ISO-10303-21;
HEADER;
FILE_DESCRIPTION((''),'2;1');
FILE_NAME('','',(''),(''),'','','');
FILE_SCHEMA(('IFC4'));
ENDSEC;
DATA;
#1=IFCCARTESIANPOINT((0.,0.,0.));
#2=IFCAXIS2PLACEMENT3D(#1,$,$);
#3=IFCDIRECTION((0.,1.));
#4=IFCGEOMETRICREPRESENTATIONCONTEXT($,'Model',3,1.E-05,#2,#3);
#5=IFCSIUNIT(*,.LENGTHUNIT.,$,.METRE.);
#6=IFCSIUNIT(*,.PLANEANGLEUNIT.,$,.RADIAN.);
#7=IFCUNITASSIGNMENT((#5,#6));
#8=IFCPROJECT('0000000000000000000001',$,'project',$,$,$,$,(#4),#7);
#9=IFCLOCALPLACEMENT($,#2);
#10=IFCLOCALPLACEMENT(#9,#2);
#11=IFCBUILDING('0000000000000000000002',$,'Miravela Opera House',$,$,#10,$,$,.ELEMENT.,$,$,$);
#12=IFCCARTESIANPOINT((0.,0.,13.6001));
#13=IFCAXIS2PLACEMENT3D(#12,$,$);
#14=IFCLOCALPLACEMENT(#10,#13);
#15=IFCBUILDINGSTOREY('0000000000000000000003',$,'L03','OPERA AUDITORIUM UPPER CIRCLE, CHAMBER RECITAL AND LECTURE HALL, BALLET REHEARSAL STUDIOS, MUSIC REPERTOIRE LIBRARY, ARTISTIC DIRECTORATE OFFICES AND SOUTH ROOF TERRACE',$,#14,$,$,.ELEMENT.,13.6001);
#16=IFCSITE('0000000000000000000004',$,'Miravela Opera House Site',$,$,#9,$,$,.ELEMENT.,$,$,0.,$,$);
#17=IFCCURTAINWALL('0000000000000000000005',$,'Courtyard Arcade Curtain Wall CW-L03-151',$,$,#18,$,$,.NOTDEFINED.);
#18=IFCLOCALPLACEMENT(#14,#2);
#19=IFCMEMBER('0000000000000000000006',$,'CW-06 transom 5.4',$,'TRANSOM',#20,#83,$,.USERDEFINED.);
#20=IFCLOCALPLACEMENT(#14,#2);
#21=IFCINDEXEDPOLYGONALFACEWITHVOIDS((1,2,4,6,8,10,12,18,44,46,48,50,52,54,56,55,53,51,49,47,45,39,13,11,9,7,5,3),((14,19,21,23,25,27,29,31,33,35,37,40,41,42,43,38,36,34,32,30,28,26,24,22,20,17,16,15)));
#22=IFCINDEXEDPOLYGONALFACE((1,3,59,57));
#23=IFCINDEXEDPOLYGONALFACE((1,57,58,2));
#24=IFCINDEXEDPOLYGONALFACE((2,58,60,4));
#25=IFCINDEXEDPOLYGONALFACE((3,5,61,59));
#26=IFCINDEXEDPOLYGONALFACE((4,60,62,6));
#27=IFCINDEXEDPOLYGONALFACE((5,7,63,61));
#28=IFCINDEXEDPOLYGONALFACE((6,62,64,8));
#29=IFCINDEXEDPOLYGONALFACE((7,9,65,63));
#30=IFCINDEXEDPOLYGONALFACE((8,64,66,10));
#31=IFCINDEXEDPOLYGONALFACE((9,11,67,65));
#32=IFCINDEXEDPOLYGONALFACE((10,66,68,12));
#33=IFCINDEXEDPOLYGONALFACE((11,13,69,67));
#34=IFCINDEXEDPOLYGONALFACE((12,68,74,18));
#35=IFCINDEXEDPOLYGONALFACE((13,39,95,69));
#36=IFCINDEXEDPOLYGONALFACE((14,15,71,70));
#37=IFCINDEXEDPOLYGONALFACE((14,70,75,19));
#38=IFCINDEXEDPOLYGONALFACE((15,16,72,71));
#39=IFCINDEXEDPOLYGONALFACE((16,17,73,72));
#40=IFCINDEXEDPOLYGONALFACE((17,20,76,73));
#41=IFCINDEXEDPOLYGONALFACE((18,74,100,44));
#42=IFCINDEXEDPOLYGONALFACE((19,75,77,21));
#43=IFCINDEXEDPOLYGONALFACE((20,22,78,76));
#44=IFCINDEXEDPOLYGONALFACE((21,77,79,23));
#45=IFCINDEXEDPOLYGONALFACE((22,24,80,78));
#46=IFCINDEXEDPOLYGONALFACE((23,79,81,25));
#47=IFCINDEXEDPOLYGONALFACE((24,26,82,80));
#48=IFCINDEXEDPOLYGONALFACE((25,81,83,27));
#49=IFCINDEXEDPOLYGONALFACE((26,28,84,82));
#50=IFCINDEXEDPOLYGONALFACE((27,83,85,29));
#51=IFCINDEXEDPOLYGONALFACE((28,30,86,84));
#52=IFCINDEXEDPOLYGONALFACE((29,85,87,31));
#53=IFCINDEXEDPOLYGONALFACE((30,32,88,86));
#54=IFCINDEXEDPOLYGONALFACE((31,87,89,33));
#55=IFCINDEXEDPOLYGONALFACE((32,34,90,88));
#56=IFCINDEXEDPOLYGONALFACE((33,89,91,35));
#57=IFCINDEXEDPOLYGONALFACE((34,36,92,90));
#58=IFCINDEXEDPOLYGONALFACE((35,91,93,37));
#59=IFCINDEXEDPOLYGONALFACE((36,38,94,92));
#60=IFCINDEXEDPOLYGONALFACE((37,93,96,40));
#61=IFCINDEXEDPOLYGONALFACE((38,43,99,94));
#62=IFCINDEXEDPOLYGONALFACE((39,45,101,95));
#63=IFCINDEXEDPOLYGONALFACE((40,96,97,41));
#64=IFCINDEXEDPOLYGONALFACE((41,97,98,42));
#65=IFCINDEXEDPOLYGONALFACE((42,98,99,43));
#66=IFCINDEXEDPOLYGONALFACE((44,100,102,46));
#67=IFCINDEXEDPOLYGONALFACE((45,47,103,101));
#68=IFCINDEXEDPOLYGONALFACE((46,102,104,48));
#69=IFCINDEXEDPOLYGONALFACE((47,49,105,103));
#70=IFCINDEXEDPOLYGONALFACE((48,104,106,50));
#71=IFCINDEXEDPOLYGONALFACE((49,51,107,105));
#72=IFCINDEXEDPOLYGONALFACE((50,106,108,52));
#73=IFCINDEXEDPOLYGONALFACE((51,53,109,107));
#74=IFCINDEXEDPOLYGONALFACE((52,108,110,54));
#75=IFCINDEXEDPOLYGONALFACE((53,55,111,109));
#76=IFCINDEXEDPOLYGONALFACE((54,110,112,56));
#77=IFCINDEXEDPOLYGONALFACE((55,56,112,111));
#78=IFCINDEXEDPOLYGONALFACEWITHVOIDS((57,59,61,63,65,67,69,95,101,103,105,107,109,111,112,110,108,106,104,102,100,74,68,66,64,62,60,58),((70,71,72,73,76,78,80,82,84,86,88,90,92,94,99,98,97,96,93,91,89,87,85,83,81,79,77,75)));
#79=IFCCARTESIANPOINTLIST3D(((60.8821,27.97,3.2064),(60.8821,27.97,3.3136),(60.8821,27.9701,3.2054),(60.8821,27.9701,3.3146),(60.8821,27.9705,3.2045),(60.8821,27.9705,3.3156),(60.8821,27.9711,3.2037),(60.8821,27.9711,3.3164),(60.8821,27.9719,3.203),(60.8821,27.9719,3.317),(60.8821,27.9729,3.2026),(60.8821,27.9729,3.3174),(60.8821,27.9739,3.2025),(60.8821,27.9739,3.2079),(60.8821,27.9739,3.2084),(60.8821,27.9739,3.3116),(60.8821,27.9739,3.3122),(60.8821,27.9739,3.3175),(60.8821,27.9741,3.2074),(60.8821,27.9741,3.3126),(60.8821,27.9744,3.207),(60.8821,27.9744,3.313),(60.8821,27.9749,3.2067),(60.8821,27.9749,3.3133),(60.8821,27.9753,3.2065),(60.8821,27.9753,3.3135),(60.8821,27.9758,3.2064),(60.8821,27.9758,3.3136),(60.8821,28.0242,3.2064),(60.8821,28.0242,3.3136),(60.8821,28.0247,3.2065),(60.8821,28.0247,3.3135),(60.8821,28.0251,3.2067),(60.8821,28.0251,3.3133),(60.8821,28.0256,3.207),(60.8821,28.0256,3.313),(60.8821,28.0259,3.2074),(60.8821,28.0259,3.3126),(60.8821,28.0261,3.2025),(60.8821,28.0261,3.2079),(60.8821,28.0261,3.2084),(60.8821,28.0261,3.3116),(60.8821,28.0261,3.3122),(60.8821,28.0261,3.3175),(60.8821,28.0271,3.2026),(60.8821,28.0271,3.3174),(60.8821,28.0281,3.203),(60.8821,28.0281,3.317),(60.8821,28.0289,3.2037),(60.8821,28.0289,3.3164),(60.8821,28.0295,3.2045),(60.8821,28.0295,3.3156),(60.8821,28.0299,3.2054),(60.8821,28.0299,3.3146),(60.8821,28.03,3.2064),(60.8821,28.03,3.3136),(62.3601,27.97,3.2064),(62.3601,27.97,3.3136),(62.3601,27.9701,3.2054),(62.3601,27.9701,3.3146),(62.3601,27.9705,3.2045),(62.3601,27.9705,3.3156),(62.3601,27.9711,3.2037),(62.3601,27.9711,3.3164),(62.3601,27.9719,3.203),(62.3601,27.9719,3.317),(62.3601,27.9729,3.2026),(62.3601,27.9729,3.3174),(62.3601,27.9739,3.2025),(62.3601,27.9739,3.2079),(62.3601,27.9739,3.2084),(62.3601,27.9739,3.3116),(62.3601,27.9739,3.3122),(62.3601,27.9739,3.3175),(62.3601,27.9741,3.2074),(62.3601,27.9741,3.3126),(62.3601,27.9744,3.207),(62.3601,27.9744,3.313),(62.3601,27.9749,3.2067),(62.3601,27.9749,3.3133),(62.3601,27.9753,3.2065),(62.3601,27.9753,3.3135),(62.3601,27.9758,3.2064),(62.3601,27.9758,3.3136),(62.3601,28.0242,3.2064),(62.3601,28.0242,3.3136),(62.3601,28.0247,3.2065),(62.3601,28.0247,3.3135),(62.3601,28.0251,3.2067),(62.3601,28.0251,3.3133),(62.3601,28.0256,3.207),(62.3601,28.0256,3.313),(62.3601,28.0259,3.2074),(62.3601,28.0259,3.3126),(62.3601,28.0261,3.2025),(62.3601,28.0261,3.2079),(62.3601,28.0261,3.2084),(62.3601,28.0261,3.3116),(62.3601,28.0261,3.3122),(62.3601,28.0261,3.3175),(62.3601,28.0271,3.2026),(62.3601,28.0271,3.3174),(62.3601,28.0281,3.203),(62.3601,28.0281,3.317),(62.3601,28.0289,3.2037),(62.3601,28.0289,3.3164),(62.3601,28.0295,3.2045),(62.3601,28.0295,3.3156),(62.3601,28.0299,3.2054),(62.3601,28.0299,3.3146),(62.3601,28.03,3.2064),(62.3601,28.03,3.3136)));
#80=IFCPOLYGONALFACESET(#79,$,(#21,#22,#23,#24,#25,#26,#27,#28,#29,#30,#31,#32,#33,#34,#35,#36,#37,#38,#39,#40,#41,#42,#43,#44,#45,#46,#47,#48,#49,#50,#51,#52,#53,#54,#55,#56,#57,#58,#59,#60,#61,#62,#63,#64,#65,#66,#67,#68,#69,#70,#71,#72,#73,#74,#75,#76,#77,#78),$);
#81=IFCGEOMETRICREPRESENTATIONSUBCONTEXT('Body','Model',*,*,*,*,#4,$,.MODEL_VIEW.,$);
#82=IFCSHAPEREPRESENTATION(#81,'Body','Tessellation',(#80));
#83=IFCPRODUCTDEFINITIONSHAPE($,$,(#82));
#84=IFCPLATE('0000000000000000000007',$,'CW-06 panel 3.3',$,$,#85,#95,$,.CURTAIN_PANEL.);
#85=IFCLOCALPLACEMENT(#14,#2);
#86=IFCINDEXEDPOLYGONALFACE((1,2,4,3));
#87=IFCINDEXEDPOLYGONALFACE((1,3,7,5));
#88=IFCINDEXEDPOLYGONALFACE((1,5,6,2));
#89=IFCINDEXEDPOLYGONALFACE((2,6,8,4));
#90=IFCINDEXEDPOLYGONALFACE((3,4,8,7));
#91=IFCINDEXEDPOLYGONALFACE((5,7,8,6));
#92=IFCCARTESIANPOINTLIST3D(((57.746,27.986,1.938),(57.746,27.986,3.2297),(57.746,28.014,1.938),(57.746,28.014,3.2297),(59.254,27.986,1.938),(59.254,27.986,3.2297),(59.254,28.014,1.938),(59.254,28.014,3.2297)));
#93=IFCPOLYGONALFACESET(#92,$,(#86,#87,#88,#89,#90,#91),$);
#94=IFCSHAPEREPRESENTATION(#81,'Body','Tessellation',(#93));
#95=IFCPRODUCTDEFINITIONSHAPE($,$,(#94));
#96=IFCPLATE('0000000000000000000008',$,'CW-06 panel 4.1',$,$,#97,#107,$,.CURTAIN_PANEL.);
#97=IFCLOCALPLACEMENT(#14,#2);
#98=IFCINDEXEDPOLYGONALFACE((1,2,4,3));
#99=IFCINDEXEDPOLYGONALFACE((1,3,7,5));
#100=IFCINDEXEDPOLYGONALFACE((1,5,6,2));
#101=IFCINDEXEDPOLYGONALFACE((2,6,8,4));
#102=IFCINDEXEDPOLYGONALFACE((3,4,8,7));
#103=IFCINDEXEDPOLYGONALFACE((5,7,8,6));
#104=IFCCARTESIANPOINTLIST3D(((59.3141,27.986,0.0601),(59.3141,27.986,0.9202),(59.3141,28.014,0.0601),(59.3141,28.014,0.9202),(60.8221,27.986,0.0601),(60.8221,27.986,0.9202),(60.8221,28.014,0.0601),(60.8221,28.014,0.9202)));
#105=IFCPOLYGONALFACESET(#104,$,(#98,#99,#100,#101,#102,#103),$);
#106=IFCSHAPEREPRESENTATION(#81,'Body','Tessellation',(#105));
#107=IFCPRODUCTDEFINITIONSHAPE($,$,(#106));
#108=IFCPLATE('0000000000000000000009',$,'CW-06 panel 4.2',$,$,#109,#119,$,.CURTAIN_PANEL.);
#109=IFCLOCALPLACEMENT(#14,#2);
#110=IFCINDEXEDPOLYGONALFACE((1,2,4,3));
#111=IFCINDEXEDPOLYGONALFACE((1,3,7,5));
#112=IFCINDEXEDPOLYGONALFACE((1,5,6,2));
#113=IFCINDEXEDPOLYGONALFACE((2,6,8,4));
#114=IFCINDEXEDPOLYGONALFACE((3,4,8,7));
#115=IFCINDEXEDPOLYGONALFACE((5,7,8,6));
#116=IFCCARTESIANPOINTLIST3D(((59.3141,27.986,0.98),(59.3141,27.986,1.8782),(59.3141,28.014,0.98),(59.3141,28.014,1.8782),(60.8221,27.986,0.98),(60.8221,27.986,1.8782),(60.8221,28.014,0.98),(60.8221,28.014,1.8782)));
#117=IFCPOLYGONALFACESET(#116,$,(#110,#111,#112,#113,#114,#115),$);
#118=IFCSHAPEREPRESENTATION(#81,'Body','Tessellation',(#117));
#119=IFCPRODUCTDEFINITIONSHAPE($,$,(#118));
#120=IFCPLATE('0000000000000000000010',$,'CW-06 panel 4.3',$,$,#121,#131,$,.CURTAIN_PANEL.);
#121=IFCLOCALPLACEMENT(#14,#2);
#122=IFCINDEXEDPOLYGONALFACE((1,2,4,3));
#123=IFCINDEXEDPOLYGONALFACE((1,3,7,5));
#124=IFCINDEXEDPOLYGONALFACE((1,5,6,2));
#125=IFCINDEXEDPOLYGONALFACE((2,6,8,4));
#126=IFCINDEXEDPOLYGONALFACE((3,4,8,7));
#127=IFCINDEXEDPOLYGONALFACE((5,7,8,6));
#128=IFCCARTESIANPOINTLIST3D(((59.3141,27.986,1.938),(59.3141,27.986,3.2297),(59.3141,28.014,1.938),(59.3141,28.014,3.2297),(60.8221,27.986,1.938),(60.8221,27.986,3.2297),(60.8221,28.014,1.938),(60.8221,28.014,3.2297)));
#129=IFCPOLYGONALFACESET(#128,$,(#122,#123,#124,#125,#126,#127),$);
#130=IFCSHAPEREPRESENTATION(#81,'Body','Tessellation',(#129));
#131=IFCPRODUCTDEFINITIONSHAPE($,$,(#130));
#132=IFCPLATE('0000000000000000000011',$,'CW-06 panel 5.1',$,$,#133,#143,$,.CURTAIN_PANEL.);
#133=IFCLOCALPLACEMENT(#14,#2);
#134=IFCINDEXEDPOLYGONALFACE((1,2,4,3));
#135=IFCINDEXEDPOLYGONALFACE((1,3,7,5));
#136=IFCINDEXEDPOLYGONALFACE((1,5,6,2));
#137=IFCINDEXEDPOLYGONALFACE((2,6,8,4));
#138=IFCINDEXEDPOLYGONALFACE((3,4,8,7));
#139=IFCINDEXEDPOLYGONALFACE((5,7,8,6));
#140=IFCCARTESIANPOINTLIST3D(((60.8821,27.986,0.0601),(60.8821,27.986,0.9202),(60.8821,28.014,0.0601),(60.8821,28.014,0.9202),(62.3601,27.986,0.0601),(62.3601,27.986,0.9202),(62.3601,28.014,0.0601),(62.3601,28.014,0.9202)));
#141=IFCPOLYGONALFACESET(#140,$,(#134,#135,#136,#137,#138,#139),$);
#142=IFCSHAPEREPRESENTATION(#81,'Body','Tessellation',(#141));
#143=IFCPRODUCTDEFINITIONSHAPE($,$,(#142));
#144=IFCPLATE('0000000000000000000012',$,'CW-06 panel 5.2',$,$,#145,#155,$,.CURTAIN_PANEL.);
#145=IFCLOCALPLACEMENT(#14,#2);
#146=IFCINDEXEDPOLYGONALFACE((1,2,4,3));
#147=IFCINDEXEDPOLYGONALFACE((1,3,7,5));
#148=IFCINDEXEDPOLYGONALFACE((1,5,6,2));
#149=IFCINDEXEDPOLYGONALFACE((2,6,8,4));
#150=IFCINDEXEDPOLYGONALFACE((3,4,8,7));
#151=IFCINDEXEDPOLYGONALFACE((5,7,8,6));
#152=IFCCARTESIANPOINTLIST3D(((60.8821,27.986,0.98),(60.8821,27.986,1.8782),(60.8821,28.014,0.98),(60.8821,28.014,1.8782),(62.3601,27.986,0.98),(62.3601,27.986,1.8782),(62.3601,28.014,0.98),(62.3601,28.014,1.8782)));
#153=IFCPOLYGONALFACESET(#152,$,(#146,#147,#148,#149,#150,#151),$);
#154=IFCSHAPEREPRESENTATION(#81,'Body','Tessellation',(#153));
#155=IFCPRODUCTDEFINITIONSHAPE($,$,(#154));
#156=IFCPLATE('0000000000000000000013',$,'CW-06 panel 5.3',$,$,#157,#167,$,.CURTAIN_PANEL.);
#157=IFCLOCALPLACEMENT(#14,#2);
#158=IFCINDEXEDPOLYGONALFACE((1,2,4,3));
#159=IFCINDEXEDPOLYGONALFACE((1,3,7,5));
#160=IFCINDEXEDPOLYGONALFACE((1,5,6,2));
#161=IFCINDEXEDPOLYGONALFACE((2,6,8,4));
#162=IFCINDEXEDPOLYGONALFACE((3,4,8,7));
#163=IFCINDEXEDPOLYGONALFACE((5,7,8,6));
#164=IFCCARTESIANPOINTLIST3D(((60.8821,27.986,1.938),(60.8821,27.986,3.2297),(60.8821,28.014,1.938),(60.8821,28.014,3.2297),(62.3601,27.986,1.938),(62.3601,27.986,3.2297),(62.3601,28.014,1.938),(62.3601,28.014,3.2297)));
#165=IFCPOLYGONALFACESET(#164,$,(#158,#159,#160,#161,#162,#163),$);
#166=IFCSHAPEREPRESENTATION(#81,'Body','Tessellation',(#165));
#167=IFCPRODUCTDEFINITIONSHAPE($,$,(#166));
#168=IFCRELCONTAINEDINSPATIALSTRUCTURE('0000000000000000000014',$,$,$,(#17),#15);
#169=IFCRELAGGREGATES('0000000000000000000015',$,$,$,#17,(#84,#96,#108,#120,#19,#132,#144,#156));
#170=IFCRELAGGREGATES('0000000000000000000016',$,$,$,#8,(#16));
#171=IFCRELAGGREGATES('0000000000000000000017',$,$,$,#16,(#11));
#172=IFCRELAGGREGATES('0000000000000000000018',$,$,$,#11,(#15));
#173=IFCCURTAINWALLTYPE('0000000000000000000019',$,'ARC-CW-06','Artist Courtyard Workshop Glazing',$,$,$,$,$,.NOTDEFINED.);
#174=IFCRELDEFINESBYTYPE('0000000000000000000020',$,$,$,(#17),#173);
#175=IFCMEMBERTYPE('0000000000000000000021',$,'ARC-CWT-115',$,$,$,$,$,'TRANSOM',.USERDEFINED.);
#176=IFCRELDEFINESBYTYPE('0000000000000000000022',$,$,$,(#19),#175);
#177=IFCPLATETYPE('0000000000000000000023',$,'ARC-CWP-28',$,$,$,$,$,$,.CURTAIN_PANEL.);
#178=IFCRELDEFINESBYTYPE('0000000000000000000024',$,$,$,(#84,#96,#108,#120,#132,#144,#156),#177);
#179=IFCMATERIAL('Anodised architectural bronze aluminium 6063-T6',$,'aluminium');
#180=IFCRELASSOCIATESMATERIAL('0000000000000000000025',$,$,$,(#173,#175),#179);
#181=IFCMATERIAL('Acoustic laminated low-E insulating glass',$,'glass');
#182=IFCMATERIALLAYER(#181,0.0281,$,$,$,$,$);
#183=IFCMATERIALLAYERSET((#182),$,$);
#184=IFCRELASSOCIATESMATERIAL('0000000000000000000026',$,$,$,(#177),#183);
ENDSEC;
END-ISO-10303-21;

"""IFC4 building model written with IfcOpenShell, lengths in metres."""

from ifc_helpers import new_model, si_unit, direction, frame, origin, origin_2d, place, context, subcontext, project, spatial, rectangle, hollow_rectangle, extrude, material, layer, layer_set, material_profile, profile_set, type_object, element, aggregate, save


model = new_model("IFC4")

# Units and contexts
model_context = context("Model", 3, precision=1e-05, world=origin(), true_north=direction((0.0, 1.0)))
body_context = subcontext(model_context, "Body", "Model", "MODEL_VIEW")
ifc_project = project(units=[si_unit("LENGTHUNIT", "METRE"), si_unit("PLANEANGLEUNIT", "RADIAN")], contexts=[model_context])

# Site, building, storey
site_placement = place(None, origin())
site = spatial("IfcSite", under=ifc_project, at=site_placement, Name="Miravela Opera House Site", CompositionType="ELEMENT", RefElevation=0.0)
building_placement = place(site_placement, origin())
building = spatial("IfcBuilding", under=site, at=building_placement, Name="Miravela Opera House", CompositionType="ELEMENT")
storey_placement = place(building_placement, frame((0.0, 0.0, 13.6001)))
storey = spatial("IfcBuildingStorey", under=building, at=storey_placement, Name="L03", Description="OPERA AUDITORIUM UPPER CIRCLE, CHAMBER RECITAL AND LECTURE HALL, BALLET REHEARSAL STUDIOS, MUSIC REPERTOIRE LIBRARY, ARTISTIC DIRECTORATE OFFICES AND SOUTH ROOF TERRACE", CompositionType="ELEMENT", Elevation=13.6001)

# Curtain wall, member, plates
ifc_material_1 = material(Name="Anodised architectural bronze aluminium 6063-T6", Category="aluminium")
curtain_wall_type = type_object("IfcCurtainWallType", Name="ARC-CW-06", Description="Artist Courtyard Workshop Glazing", PredefinedType="NOTDEFINED", material=ifc_material_1)
curtain_wall_placement = place(storey_placement, origin())
curtain_wall = element("IfcCurtainWall", 1, at=curtain_wall_placement, inside=storey, type_object=curtain_wall_type, Name="Courtyard Arcade Curtain Wall CW-L03-151", PredefinedType="NOTDEFINED")
ifc_material_profile_1 = material_profile(ifc_material_1, hollow_rectangle(XDim=0.0601, YDim=0.115, WallThickness=0.0039, InnerFilletRadius=0.002, OuterFilletRadius=0.0039, at=origin_2d()), Name="CWT-60X115")
ifc_profile_set_1 = profile_set([ifc_material_profile_1])
member_type_1 = type_object("IfcMemberType", Name="ARC-CWT-115", ElementType="TRANSOM", PredefinedType="USERDEFINED", material=ifc_profile_set_1)
member_1_placement = place(storey_placement, frame((60.8821, 28.0, 3.26), z_axis=(1.0, 0.0, 0.0), x_axis=(0.0, 1.0, 0.0)))
member_1 = element("IfcMember", 2, at=member_1_placement, type_object=member_type_1, Name="CW-06 transom 5.4", ObjectType="TRANSOM", PredefinedType="USERDEFINED", context=body_context, shape_type="SweptSolid", body=[
    extrude(hollow_rectangle(XDim=0.0601, YDim=0.115, WallThickness=0.0039, InnerFilletRadius=0.002, OuterFilletRadius=0.0039, at=origin_2d()), origin(), (0.0, 0.0, 1.0), 1.478),
])
ifc_material_2 = material(Name="Acoustic laminated low-E insulating glass", Category="glass")
ifc_layer = layer(ifc_material_2, 0.0281)
ifc_layer_set = layer_set([ifc_layer])
plate_type = type_object("IfcPlateType", Name="ARC-CWP-28", PredefinedType="CURTAIN_PANEL", material=ifc_layer_set)
plate_1_placement = place(storey_placement, frame((58.5, 28.0, 1.938), z_axis=(0.0, 0.0, 1.0), x_axis=(1.0, 0.0, 0.0)))
plate_1 = element("IfcPlate", 3, at=plate_1_placement, type_object=plate_type, Name="CW-06 panel 3.3", PredefinedType="CURTAIN_PANEL", context=body_context, shape_type="SweptSolid", body=[
    extrude(rectangle(XDim=1.5081, YDim=0.0281, at=origin_2d()), origin(), (0.0, 0.0, 1.0), 1.2917),
])
plate_2_placement = place(storey_placement, frame((60.0681, 28.0, 0.0601), z_axis=(0.0, 0.0, 1.0), x_axis=(1.0, 0.0, 0.0)))
plate_2 = element("IfcPlate", 4, at=plate_2_placement, type_object=plate_type, Name="CW-06 panel 4.1", PredefinedType="CURTAIN_PANEL", context=body_context, shape_type="SweptSolid", body=[
    extrude(rectangle(XDim=1.5081, YDim=0.0281, at=origin_2d()), origin(), (0.0, 0.0, 1.0), 0.8601),
])
plate_3_placement = place(storey_placement, frame((60.0681, 28.0, 0.98), z_axis=(0.0, 0.0, 1.0), x_axis=(1.0, 0.0, 0.0)))
plate_3 = element("IfcPlate", 5, at=plate_3_placement, type_object=plate_type, Name="CW-06 panel 4.2", PredefinedType="CURTAIN_PANEL", context=body_context, shape_type="SweptSolid", body=[
    extrude(rectangle(XDim=1.5081, YDim=0.0281, at=origin_2d()), origin(), (0.0, 0.0, 1.0), 0.8982),
])
plate_4_placement = place(storey_placement, frame((60.0681, 28.0, 1.938), z_axis=(0.0, 0.0, 1.0), x_axis=(1.0, 0.0, 0.0)))
plate_4 = element("IfcPlate", 6, at=plate_4_placement, type_object=plate_type, Name="CW-06 panel 4.3", PredefinedType="CURTAIN_PANEL", context=body_context, shape_type="SweptSolid", body=[
    extrude(rectangle(XDim=1.5081, YDim=0.0281, at=origin_2d()), origin(), (0.0, 0.0, 1.0), 1.2917),
])
plate_5_placement = place(storey_placement, frame((61.6211, 28.0, 0.0601), z_axis=(0.0, 0.0, 1.0), x_axis=(1.0, 0.0, 0.0)))
plate_5 = element("IfcPlate", 7, at=plate_5_placement, type_object=plate_type, Name="CW-06 panel 5.1", PredefinedType="CURTAIN_PANEL", context=body_context, shape_type="SweptSolid", body=[
    extrude(rectangle(XDim=1.478, YDim=0.0281, at=origin_2d()), origin(), (0.0, 0.0, 1.0), 0.8601),
])
plate_6_placement = place(storey_placement, frame((61.6211, 28.0, 0.98), z_axis=(0.0, 0.0, 1.0), x_axis=(1.0, 0.0, 0.0)))
plate_6 = element("IfcPlate", 8, at=plate_6_placement, type_object=plate_type, Name="CW-06 panel 5.2", PredefinedType="CURTAIN_PANEL", context=body_context, shape_type="SweptSolid", body=[
    extrude(rectangle(XDim=1.478, YDim=0.0281, at=origin_2d()), origin(), (0.0, 0.0, 1.0), 0.8982),
])
plate_7_placement = place(storey_placement, frame((61.6211, 28.0, 1.938), z_axis=(0.0, 0.0, 1.0), x_axis=(1.0, 0.0, 0.0)))
plate_7 = element("IfcPlate", 9, at=plate_7_placement, type_object=plate_type, Name="CW-06 panel 5.3", PredefinedType="CURTAIN_PANEL", context=body_context, shape_type="SweptSolid", body=[
    extrude(rectangle(XDim=1.478, YDim=0.0281, at=origin_2d()), origin(), (0.0, 0.0, 1.0), 1.2917),
])
aggregate(curtain_wall, [plate_1, plate_2, plate_3, plate_4, member_1, plate_5, plate_6, plate_7])

save(model, "model.ifc")
